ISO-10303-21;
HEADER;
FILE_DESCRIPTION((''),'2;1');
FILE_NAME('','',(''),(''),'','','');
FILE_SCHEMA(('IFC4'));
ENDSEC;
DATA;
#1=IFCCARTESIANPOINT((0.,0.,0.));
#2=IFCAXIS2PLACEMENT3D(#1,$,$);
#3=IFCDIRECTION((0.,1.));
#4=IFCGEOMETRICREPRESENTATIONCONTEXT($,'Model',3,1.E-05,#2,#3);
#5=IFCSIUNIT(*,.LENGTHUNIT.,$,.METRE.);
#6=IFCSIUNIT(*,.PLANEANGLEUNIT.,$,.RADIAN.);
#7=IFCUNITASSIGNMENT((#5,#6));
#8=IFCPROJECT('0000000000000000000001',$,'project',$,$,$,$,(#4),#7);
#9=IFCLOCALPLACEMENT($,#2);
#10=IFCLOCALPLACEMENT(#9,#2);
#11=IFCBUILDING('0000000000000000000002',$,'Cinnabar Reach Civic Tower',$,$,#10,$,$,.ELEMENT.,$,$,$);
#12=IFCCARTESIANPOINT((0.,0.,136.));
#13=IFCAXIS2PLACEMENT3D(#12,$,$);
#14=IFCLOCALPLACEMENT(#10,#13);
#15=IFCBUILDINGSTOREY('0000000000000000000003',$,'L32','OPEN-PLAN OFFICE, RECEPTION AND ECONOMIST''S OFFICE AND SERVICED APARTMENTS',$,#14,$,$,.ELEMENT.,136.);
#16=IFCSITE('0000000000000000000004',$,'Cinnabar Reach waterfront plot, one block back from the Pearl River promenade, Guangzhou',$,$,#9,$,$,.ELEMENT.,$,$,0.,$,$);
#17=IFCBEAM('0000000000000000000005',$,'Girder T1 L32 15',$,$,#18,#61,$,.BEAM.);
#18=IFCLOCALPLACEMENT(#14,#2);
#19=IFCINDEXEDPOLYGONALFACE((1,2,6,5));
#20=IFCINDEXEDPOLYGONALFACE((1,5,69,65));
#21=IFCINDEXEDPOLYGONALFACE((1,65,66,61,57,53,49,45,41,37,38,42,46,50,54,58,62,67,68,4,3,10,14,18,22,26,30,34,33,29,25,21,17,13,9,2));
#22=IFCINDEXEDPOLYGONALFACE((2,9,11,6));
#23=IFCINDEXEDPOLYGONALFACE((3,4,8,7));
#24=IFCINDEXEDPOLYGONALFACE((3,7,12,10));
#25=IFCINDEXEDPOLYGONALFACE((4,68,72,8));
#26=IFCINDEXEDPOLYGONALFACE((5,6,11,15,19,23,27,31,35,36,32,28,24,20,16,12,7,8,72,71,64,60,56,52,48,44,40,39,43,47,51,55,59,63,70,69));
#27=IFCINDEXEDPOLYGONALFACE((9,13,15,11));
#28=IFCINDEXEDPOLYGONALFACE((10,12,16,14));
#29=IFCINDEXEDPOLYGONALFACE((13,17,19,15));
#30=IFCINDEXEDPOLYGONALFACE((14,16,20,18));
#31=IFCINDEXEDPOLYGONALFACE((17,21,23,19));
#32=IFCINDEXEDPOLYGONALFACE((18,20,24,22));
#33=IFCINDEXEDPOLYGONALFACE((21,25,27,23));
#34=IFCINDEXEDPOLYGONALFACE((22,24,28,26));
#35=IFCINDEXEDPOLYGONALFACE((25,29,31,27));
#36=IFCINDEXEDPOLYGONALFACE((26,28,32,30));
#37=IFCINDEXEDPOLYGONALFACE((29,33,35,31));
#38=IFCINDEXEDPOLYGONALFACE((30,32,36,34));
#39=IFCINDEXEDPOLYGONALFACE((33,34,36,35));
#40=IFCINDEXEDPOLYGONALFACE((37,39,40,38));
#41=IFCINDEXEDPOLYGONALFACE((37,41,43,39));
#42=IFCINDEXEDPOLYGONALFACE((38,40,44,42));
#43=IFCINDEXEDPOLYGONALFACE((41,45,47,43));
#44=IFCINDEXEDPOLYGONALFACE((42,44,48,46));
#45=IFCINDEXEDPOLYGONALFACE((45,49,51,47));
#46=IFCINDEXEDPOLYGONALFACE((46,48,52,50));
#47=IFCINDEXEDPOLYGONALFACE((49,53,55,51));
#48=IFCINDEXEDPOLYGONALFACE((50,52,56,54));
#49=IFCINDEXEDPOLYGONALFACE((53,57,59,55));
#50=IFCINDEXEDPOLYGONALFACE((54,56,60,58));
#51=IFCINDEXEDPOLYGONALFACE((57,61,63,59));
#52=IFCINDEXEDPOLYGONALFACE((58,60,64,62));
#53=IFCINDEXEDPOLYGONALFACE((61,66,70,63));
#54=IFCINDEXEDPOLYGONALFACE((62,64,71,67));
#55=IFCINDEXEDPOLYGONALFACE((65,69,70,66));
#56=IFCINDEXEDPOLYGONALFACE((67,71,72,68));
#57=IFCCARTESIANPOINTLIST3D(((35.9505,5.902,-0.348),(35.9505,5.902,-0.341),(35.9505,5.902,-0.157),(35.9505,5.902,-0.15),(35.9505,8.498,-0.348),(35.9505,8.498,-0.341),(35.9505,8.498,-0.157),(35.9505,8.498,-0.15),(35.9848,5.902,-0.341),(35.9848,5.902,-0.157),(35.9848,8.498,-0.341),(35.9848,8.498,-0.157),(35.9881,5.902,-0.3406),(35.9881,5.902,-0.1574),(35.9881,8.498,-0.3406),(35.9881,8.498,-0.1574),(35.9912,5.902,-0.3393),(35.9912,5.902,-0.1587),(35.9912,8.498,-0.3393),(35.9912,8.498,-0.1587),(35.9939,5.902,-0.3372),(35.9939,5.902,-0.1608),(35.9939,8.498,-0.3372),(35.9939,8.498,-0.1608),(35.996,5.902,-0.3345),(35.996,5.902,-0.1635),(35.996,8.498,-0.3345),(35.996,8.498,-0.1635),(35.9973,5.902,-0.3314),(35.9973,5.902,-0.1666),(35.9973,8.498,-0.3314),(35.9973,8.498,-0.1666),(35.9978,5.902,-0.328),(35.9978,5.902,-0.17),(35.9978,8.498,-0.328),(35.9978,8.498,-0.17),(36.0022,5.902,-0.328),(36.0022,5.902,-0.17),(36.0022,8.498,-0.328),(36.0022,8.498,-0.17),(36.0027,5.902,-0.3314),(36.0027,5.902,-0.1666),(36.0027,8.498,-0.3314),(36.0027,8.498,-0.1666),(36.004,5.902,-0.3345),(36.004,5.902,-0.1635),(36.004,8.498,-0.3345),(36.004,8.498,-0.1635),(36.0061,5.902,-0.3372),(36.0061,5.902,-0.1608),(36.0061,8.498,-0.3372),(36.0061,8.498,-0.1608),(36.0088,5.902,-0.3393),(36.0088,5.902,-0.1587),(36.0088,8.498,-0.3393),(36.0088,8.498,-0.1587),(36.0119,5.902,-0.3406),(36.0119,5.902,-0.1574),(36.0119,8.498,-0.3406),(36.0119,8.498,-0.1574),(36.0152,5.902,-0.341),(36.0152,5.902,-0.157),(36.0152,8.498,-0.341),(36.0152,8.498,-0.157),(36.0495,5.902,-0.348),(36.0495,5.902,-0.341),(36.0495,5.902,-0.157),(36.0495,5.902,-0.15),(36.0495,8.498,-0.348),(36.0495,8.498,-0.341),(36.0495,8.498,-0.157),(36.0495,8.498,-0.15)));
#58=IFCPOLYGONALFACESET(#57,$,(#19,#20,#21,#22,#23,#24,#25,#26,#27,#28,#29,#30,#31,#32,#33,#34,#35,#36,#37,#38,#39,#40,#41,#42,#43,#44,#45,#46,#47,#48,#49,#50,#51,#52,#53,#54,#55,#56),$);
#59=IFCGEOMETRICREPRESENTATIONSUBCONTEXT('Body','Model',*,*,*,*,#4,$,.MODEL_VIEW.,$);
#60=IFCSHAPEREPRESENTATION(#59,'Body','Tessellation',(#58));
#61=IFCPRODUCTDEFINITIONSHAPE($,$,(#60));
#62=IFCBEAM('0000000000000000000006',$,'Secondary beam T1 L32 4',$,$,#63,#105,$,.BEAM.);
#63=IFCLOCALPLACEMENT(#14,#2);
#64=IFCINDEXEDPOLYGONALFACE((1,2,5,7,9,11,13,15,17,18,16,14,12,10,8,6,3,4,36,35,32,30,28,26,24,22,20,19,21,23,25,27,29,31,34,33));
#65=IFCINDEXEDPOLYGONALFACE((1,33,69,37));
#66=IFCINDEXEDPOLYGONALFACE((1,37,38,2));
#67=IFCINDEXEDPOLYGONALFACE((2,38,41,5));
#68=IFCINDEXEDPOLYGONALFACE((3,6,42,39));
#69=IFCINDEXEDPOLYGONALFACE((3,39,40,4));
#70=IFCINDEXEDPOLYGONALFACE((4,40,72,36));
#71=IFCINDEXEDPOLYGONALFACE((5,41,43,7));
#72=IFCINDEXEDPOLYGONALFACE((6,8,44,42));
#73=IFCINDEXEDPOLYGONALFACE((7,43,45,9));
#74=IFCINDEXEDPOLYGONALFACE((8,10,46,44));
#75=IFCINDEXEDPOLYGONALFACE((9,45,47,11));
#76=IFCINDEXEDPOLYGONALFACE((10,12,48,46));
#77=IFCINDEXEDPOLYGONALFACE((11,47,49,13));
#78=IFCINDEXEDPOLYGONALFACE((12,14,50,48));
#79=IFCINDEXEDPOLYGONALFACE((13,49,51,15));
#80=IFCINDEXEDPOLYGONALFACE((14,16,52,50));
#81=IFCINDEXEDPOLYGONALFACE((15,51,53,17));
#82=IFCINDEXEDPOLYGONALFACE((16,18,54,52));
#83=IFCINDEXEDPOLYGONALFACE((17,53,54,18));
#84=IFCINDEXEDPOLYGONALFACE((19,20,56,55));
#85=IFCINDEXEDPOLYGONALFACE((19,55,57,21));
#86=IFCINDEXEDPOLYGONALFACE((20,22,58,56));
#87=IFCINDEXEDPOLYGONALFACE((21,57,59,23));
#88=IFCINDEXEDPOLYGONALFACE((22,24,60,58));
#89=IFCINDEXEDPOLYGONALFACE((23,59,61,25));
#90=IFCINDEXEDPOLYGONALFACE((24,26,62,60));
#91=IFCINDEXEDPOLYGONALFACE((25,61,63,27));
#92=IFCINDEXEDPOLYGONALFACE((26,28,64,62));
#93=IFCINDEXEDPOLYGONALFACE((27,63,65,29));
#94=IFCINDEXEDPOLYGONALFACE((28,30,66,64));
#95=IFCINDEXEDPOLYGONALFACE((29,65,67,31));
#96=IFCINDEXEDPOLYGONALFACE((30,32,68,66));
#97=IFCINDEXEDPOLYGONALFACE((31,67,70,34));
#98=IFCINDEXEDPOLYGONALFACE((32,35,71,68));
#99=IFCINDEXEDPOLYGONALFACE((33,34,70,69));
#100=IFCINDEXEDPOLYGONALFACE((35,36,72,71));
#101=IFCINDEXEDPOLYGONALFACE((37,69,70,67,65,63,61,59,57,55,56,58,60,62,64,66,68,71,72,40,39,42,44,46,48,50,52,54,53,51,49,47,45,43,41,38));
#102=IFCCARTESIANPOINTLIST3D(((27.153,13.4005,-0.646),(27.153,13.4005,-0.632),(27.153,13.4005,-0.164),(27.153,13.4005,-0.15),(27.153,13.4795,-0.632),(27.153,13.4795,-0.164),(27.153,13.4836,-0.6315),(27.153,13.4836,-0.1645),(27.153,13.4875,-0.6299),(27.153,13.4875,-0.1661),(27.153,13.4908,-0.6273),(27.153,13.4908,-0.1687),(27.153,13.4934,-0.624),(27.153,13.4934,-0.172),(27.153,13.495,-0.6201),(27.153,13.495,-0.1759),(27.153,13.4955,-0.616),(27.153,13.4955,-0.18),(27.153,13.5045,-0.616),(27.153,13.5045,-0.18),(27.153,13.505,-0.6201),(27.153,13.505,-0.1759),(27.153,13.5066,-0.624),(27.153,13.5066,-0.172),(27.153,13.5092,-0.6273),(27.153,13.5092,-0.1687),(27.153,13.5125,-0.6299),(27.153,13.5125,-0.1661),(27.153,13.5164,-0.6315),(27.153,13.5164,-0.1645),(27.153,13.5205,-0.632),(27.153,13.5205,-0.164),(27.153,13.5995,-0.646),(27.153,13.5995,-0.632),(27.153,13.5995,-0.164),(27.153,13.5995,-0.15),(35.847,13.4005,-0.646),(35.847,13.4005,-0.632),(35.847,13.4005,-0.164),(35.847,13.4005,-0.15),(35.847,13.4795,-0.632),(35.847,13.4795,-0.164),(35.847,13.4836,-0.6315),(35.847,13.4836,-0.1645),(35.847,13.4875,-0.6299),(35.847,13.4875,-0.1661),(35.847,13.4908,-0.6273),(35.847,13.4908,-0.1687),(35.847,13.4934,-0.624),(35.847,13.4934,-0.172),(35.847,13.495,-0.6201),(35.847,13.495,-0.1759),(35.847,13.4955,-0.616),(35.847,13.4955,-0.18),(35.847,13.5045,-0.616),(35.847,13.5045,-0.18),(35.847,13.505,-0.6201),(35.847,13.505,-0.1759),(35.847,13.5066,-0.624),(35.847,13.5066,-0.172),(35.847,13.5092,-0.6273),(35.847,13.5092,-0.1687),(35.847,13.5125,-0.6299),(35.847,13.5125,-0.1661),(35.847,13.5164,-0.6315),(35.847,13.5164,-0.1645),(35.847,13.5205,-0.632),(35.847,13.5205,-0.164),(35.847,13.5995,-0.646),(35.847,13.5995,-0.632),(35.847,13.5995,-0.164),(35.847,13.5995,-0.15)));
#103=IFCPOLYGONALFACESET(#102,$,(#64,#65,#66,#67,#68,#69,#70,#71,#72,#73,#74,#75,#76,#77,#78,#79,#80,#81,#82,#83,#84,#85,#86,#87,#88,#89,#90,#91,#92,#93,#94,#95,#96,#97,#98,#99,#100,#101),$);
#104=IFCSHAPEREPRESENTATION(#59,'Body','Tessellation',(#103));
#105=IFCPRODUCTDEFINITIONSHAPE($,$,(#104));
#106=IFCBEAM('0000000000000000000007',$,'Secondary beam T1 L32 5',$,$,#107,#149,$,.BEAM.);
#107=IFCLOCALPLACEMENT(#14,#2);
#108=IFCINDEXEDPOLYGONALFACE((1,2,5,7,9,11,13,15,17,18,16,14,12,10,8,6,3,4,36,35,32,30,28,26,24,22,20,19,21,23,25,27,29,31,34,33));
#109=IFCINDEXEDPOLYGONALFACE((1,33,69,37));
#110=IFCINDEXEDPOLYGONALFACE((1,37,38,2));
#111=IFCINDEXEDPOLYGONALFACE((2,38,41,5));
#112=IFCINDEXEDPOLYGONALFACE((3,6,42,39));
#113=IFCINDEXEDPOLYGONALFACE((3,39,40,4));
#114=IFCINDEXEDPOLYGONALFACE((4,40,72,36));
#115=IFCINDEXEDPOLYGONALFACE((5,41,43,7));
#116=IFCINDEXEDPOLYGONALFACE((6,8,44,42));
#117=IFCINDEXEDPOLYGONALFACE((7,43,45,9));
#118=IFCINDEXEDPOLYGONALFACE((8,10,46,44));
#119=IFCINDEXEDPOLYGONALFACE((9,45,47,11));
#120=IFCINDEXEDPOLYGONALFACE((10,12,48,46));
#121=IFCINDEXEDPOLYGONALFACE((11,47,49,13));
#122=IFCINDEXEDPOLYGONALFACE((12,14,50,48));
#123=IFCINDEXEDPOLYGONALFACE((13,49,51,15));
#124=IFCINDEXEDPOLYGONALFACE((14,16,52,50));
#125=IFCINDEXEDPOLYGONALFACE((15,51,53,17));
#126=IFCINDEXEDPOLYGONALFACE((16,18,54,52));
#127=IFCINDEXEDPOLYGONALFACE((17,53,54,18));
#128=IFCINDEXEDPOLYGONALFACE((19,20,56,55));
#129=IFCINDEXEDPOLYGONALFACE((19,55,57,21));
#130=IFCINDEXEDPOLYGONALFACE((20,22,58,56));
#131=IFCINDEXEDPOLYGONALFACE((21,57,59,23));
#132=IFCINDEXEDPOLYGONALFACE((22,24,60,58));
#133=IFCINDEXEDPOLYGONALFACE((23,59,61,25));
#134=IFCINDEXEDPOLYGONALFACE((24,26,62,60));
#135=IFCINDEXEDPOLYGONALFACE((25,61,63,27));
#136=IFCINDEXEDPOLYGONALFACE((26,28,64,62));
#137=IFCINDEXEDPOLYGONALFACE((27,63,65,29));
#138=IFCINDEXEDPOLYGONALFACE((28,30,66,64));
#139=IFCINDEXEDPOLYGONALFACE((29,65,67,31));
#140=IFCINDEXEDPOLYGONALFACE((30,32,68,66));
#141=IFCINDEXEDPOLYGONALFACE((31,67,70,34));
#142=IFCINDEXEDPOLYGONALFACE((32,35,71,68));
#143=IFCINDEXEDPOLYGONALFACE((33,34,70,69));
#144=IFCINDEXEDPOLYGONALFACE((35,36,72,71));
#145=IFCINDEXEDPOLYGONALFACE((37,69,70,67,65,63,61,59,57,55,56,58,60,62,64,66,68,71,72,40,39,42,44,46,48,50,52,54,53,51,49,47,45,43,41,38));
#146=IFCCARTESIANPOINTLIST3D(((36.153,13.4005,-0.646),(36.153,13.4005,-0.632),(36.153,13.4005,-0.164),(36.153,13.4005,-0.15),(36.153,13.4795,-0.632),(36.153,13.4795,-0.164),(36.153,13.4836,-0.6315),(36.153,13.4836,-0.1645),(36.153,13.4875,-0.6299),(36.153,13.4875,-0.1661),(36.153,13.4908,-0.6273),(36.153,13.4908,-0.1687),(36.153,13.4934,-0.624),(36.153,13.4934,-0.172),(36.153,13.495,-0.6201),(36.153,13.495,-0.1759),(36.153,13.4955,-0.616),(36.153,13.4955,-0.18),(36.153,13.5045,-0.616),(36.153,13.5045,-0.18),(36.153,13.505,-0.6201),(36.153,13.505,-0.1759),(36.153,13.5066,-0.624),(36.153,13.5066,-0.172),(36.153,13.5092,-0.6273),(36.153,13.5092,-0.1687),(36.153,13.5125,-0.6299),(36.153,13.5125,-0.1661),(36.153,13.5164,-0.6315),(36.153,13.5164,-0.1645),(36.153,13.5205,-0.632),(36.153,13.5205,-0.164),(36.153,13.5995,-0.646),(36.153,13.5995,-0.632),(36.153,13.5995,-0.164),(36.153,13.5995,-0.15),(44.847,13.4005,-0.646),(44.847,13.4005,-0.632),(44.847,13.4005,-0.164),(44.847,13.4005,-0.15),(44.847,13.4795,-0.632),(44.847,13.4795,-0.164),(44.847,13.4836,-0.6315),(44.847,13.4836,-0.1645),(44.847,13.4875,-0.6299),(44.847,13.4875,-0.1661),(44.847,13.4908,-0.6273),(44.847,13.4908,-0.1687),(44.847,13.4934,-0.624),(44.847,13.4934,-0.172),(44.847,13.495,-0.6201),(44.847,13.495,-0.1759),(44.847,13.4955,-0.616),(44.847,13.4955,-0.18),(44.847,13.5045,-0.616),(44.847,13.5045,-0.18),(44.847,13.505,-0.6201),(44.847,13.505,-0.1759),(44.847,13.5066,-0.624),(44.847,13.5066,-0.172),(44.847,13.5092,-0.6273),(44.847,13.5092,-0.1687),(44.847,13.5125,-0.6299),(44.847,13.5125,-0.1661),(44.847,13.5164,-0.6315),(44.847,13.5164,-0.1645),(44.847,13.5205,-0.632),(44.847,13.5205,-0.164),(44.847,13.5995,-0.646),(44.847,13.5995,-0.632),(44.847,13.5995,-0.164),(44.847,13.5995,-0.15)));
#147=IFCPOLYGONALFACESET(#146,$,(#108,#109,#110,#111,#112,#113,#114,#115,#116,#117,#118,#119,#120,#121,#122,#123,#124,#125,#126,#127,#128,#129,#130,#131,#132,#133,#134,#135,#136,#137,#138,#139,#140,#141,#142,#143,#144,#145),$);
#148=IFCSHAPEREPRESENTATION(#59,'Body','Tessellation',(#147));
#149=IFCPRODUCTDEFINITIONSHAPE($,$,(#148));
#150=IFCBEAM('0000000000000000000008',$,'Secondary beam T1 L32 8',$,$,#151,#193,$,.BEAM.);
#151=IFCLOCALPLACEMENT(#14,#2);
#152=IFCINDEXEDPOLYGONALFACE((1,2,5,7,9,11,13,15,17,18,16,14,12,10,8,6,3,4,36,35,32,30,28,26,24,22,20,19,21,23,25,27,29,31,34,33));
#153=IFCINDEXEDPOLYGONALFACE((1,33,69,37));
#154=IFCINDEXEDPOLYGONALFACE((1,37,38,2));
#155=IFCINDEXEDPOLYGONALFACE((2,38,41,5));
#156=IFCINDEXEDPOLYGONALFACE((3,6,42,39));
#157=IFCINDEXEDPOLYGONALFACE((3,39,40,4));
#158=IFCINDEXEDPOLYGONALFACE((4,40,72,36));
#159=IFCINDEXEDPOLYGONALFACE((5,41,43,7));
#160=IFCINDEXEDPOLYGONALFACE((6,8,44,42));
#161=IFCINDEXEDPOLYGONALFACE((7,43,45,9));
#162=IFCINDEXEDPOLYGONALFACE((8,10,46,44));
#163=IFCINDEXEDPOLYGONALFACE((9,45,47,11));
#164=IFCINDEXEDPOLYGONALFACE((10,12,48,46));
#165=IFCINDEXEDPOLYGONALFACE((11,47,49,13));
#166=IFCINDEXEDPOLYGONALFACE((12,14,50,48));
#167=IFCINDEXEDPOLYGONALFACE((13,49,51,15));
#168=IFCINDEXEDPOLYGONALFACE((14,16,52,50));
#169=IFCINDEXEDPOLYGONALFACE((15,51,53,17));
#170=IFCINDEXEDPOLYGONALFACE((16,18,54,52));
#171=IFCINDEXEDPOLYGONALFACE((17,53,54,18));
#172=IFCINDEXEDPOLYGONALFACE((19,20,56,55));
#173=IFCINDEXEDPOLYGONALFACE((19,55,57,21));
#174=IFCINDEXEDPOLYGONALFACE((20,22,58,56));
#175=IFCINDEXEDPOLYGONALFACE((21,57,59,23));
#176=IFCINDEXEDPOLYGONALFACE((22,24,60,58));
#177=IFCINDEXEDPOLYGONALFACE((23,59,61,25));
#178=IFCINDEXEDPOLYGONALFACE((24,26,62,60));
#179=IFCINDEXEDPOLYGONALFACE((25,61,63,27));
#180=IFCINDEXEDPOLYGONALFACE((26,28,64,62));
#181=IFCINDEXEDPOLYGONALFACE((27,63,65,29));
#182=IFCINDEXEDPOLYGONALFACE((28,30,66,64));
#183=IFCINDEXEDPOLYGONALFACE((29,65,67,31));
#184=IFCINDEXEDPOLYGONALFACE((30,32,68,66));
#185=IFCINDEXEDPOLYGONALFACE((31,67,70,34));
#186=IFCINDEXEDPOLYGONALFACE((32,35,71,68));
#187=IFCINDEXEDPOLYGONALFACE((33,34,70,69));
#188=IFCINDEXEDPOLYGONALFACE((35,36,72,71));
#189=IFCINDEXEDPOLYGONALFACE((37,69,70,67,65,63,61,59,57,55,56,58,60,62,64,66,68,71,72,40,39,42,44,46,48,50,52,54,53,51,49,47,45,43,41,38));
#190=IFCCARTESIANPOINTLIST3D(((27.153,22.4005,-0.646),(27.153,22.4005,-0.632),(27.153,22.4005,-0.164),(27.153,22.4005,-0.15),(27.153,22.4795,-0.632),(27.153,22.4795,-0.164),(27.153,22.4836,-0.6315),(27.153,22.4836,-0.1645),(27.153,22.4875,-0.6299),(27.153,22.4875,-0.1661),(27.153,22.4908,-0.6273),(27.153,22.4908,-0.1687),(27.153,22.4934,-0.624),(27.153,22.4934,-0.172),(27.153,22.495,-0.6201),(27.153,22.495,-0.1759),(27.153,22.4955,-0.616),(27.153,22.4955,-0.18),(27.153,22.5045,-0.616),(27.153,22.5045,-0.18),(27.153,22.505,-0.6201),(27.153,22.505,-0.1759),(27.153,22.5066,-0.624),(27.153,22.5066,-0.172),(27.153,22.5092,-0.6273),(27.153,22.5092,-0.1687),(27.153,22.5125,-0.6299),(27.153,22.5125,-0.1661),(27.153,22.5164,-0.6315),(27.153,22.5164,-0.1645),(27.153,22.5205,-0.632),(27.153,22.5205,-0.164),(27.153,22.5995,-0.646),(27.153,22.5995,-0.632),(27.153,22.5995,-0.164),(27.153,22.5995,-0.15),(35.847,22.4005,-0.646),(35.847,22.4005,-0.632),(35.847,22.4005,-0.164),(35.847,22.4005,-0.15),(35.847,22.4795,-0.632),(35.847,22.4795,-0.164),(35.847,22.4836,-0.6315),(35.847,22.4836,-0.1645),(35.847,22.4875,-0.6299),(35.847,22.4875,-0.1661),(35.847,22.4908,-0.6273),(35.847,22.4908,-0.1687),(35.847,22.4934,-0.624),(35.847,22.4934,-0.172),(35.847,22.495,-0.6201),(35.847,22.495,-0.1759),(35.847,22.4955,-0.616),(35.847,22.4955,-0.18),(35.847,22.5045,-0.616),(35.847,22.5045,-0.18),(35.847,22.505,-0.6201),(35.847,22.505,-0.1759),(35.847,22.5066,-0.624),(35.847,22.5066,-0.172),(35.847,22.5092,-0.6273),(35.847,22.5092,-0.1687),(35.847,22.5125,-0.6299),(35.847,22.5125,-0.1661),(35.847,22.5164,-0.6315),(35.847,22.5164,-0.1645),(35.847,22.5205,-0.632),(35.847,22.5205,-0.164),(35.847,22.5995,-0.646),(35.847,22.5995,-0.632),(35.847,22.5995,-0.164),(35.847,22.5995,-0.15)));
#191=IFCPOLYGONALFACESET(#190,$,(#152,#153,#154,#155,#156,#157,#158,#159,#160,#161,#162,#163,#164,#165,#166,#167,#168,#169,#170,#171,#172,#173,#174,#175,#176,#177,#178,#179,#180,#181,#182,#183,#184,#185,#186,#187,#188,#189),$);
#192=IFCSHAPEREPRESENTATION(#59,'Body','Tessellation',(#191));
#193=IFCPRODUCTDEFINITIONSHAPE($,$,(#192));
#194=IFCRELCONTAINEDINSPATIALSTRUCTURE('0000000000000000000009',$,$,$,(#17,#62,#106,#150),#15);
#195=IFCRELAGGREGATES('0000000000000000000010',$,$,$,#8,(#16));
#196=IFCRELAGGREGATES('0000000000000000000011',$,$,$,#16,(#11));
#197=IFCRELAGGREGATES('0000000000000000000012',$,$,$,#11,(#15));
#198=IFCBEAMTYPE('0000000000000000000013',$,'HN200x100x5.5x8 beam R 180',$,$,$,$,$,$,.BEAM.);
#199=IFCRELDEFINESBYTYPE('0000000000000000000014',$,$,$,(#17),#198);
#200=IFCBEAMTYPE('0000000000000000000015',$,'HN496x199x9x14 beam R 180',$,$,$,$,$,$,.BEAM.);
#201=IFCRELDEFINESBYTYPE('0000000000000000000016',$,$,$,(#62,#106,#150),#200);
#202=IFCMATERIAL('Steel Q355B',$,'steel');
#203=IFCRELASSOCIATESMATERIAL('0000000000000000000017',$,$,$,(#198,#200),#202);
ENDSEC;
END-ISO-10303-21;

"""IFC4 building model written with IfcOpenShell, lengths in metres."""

from ifc_helpers import new_model, si_unit, direction, frame, origin, origin_2d, place, context, subcontext, project, spatial, i_section, extrude, material, material_profile, profile_set, type_object, element, save


model = new_model("IFC4")

# Units and contexts
model_context = context("Model", 3, precision=1e-05, world=origin(), true_north=direction((0.0, 1.0)))
body_context = subcontext(model_context, "Body", "Model", "MODEL_VIEW")
ifc_project = project(units=[si_unit("LENGTHUNIT", "METRE"), si_unit("PLANEANGLEUNIT", "RADIAN")], contexts=[model_context])

# Site, building, storey
site_placement = place(None, origin())
site = spatial("IfcSite", under=ifc_project, at=site_placement, Name="Cinnabar Reach waterfront plot, one block back from the Pearl River promenade, Guangzhou", CompositionType="ELEMENT", RefElevation=0.0)
building_placement = place(site_placement, origin())
building = spatial("IfcBuilding", under=site, at=building_placement, Name="Cinnabar Reach Civic Tower", CompositionType="ELEMENT")
storey_placement = place(building_placement, frame((0.0, 0.0, 136.0)))
storey = spatial("IfcBuildingStorey", under=building, at=storey_placement, Name="L32", Description="OPEN-PLAN OFFICE, RECEPTION AND ECONOMIST'S OFFICE AND SERVICED APARTMENTS", CompositionType="ELEMENT", Elevation=136.0)

# Beams
ifc_material_1 = material(Name="Steel Q355B", Category="steel")
ifc_material_profile_1 = material_profile(ifc_material_1, i_section(OverallWidth=0.099, OverallDepth=0.198, WebThickness=0.0045, FlangeThickness=0.007, FilletRadius=0.013, at=origin_2d()), Name="HN200x100x5.5x8")
ifc_profile_set_1 = profile_set([ifc_material_profile_1], Name="Steel Q355B")
beam_type_1 = type_object("IfcBeamType", Name="HN200x100x5.5x8 beam R 180", PredefinedType="BEAM", material=ifc_profile_set_1)
for number, where, z_axis, x_axis, name in (
    (1, (36.0, 5.902, -0.249), (0.0, 1.0, 0.0), (-1.0, 0.0, 0.0), "Girder T1 L32 15"),
):
    element("IfcBeam", number, at=place(storey_placement, frame(where, z_axis=z_axis, x_axis=x_axis)), inside=storey, type_object=beam_type_1, Name=name, PredefinedType="BEAM", context=body_context, shape_type="SweptSolid", body=[
        extrude(i_section(OverallWidth=0.099, OverallDepth=0.198, WebThickness=0.0045, FlangeThickness=0.007, FilletRadius=0.013, at=origin_2d()), origin(), (0.0, 0.0, 1.0), 2.596),
    ])
ifc_material_profile_2 = material_profile(ifc_material_1, i_section(OverallWidth=0.199, OverallDepth=0.496, WebThickness=0.009, FlangeThickness=0.014, FilletRadius=0.016, at=origin_2d()), Name="HN496x199x9x14")
ifc_profile_set_2 = profile_set([ifc_material_profile_2], Name="Steel Q355B")
beam_type_2 = type_object("IfcBeamType", Name="HN496x199x9x14 beam R 180", PredefinedType="BEAM", material=ifc_profile_set_2)
for number, where, z_axis, x_axis, name in (
    (2, (27.153, 13.5, -0.398), (1.0, 0.0, 0.0), (0.0, 1.0, 0.0), "Secondary beam T1 L32 4"),
    (3, (36.153, 13.5, -0.398), (1.0, 0.0, 0.0), (0.0, 1.0, 0.0), "Secondary beam T1 L32 5"),
    (4, (27.153, 22.5, -0.398), (1.0, 0.0, 0.0), (0.0, 1.0, 0.0), "Secondary beam T1 L32 8"),
):
    element("IfcBeam", number, at=place(storey_placement, frame(where, z_axis=z_axis, x_axis=x_axis)), inside=storey, type_object=beam_type_2, Name=name, PredefinedType="BEAM", context=body_context, shape_type="SweptSolid", body=[
        extrude(i_section(OverallWidth=0.199, OverallDepth=0.496, WebThickness=0.009, FlangeThickness=0.014, FilletRadius=0.016, at=origin_2d()), origin(), (0.0, 0.0, 1.0), 8.694),
    ])

save(model, "model.ifc")
